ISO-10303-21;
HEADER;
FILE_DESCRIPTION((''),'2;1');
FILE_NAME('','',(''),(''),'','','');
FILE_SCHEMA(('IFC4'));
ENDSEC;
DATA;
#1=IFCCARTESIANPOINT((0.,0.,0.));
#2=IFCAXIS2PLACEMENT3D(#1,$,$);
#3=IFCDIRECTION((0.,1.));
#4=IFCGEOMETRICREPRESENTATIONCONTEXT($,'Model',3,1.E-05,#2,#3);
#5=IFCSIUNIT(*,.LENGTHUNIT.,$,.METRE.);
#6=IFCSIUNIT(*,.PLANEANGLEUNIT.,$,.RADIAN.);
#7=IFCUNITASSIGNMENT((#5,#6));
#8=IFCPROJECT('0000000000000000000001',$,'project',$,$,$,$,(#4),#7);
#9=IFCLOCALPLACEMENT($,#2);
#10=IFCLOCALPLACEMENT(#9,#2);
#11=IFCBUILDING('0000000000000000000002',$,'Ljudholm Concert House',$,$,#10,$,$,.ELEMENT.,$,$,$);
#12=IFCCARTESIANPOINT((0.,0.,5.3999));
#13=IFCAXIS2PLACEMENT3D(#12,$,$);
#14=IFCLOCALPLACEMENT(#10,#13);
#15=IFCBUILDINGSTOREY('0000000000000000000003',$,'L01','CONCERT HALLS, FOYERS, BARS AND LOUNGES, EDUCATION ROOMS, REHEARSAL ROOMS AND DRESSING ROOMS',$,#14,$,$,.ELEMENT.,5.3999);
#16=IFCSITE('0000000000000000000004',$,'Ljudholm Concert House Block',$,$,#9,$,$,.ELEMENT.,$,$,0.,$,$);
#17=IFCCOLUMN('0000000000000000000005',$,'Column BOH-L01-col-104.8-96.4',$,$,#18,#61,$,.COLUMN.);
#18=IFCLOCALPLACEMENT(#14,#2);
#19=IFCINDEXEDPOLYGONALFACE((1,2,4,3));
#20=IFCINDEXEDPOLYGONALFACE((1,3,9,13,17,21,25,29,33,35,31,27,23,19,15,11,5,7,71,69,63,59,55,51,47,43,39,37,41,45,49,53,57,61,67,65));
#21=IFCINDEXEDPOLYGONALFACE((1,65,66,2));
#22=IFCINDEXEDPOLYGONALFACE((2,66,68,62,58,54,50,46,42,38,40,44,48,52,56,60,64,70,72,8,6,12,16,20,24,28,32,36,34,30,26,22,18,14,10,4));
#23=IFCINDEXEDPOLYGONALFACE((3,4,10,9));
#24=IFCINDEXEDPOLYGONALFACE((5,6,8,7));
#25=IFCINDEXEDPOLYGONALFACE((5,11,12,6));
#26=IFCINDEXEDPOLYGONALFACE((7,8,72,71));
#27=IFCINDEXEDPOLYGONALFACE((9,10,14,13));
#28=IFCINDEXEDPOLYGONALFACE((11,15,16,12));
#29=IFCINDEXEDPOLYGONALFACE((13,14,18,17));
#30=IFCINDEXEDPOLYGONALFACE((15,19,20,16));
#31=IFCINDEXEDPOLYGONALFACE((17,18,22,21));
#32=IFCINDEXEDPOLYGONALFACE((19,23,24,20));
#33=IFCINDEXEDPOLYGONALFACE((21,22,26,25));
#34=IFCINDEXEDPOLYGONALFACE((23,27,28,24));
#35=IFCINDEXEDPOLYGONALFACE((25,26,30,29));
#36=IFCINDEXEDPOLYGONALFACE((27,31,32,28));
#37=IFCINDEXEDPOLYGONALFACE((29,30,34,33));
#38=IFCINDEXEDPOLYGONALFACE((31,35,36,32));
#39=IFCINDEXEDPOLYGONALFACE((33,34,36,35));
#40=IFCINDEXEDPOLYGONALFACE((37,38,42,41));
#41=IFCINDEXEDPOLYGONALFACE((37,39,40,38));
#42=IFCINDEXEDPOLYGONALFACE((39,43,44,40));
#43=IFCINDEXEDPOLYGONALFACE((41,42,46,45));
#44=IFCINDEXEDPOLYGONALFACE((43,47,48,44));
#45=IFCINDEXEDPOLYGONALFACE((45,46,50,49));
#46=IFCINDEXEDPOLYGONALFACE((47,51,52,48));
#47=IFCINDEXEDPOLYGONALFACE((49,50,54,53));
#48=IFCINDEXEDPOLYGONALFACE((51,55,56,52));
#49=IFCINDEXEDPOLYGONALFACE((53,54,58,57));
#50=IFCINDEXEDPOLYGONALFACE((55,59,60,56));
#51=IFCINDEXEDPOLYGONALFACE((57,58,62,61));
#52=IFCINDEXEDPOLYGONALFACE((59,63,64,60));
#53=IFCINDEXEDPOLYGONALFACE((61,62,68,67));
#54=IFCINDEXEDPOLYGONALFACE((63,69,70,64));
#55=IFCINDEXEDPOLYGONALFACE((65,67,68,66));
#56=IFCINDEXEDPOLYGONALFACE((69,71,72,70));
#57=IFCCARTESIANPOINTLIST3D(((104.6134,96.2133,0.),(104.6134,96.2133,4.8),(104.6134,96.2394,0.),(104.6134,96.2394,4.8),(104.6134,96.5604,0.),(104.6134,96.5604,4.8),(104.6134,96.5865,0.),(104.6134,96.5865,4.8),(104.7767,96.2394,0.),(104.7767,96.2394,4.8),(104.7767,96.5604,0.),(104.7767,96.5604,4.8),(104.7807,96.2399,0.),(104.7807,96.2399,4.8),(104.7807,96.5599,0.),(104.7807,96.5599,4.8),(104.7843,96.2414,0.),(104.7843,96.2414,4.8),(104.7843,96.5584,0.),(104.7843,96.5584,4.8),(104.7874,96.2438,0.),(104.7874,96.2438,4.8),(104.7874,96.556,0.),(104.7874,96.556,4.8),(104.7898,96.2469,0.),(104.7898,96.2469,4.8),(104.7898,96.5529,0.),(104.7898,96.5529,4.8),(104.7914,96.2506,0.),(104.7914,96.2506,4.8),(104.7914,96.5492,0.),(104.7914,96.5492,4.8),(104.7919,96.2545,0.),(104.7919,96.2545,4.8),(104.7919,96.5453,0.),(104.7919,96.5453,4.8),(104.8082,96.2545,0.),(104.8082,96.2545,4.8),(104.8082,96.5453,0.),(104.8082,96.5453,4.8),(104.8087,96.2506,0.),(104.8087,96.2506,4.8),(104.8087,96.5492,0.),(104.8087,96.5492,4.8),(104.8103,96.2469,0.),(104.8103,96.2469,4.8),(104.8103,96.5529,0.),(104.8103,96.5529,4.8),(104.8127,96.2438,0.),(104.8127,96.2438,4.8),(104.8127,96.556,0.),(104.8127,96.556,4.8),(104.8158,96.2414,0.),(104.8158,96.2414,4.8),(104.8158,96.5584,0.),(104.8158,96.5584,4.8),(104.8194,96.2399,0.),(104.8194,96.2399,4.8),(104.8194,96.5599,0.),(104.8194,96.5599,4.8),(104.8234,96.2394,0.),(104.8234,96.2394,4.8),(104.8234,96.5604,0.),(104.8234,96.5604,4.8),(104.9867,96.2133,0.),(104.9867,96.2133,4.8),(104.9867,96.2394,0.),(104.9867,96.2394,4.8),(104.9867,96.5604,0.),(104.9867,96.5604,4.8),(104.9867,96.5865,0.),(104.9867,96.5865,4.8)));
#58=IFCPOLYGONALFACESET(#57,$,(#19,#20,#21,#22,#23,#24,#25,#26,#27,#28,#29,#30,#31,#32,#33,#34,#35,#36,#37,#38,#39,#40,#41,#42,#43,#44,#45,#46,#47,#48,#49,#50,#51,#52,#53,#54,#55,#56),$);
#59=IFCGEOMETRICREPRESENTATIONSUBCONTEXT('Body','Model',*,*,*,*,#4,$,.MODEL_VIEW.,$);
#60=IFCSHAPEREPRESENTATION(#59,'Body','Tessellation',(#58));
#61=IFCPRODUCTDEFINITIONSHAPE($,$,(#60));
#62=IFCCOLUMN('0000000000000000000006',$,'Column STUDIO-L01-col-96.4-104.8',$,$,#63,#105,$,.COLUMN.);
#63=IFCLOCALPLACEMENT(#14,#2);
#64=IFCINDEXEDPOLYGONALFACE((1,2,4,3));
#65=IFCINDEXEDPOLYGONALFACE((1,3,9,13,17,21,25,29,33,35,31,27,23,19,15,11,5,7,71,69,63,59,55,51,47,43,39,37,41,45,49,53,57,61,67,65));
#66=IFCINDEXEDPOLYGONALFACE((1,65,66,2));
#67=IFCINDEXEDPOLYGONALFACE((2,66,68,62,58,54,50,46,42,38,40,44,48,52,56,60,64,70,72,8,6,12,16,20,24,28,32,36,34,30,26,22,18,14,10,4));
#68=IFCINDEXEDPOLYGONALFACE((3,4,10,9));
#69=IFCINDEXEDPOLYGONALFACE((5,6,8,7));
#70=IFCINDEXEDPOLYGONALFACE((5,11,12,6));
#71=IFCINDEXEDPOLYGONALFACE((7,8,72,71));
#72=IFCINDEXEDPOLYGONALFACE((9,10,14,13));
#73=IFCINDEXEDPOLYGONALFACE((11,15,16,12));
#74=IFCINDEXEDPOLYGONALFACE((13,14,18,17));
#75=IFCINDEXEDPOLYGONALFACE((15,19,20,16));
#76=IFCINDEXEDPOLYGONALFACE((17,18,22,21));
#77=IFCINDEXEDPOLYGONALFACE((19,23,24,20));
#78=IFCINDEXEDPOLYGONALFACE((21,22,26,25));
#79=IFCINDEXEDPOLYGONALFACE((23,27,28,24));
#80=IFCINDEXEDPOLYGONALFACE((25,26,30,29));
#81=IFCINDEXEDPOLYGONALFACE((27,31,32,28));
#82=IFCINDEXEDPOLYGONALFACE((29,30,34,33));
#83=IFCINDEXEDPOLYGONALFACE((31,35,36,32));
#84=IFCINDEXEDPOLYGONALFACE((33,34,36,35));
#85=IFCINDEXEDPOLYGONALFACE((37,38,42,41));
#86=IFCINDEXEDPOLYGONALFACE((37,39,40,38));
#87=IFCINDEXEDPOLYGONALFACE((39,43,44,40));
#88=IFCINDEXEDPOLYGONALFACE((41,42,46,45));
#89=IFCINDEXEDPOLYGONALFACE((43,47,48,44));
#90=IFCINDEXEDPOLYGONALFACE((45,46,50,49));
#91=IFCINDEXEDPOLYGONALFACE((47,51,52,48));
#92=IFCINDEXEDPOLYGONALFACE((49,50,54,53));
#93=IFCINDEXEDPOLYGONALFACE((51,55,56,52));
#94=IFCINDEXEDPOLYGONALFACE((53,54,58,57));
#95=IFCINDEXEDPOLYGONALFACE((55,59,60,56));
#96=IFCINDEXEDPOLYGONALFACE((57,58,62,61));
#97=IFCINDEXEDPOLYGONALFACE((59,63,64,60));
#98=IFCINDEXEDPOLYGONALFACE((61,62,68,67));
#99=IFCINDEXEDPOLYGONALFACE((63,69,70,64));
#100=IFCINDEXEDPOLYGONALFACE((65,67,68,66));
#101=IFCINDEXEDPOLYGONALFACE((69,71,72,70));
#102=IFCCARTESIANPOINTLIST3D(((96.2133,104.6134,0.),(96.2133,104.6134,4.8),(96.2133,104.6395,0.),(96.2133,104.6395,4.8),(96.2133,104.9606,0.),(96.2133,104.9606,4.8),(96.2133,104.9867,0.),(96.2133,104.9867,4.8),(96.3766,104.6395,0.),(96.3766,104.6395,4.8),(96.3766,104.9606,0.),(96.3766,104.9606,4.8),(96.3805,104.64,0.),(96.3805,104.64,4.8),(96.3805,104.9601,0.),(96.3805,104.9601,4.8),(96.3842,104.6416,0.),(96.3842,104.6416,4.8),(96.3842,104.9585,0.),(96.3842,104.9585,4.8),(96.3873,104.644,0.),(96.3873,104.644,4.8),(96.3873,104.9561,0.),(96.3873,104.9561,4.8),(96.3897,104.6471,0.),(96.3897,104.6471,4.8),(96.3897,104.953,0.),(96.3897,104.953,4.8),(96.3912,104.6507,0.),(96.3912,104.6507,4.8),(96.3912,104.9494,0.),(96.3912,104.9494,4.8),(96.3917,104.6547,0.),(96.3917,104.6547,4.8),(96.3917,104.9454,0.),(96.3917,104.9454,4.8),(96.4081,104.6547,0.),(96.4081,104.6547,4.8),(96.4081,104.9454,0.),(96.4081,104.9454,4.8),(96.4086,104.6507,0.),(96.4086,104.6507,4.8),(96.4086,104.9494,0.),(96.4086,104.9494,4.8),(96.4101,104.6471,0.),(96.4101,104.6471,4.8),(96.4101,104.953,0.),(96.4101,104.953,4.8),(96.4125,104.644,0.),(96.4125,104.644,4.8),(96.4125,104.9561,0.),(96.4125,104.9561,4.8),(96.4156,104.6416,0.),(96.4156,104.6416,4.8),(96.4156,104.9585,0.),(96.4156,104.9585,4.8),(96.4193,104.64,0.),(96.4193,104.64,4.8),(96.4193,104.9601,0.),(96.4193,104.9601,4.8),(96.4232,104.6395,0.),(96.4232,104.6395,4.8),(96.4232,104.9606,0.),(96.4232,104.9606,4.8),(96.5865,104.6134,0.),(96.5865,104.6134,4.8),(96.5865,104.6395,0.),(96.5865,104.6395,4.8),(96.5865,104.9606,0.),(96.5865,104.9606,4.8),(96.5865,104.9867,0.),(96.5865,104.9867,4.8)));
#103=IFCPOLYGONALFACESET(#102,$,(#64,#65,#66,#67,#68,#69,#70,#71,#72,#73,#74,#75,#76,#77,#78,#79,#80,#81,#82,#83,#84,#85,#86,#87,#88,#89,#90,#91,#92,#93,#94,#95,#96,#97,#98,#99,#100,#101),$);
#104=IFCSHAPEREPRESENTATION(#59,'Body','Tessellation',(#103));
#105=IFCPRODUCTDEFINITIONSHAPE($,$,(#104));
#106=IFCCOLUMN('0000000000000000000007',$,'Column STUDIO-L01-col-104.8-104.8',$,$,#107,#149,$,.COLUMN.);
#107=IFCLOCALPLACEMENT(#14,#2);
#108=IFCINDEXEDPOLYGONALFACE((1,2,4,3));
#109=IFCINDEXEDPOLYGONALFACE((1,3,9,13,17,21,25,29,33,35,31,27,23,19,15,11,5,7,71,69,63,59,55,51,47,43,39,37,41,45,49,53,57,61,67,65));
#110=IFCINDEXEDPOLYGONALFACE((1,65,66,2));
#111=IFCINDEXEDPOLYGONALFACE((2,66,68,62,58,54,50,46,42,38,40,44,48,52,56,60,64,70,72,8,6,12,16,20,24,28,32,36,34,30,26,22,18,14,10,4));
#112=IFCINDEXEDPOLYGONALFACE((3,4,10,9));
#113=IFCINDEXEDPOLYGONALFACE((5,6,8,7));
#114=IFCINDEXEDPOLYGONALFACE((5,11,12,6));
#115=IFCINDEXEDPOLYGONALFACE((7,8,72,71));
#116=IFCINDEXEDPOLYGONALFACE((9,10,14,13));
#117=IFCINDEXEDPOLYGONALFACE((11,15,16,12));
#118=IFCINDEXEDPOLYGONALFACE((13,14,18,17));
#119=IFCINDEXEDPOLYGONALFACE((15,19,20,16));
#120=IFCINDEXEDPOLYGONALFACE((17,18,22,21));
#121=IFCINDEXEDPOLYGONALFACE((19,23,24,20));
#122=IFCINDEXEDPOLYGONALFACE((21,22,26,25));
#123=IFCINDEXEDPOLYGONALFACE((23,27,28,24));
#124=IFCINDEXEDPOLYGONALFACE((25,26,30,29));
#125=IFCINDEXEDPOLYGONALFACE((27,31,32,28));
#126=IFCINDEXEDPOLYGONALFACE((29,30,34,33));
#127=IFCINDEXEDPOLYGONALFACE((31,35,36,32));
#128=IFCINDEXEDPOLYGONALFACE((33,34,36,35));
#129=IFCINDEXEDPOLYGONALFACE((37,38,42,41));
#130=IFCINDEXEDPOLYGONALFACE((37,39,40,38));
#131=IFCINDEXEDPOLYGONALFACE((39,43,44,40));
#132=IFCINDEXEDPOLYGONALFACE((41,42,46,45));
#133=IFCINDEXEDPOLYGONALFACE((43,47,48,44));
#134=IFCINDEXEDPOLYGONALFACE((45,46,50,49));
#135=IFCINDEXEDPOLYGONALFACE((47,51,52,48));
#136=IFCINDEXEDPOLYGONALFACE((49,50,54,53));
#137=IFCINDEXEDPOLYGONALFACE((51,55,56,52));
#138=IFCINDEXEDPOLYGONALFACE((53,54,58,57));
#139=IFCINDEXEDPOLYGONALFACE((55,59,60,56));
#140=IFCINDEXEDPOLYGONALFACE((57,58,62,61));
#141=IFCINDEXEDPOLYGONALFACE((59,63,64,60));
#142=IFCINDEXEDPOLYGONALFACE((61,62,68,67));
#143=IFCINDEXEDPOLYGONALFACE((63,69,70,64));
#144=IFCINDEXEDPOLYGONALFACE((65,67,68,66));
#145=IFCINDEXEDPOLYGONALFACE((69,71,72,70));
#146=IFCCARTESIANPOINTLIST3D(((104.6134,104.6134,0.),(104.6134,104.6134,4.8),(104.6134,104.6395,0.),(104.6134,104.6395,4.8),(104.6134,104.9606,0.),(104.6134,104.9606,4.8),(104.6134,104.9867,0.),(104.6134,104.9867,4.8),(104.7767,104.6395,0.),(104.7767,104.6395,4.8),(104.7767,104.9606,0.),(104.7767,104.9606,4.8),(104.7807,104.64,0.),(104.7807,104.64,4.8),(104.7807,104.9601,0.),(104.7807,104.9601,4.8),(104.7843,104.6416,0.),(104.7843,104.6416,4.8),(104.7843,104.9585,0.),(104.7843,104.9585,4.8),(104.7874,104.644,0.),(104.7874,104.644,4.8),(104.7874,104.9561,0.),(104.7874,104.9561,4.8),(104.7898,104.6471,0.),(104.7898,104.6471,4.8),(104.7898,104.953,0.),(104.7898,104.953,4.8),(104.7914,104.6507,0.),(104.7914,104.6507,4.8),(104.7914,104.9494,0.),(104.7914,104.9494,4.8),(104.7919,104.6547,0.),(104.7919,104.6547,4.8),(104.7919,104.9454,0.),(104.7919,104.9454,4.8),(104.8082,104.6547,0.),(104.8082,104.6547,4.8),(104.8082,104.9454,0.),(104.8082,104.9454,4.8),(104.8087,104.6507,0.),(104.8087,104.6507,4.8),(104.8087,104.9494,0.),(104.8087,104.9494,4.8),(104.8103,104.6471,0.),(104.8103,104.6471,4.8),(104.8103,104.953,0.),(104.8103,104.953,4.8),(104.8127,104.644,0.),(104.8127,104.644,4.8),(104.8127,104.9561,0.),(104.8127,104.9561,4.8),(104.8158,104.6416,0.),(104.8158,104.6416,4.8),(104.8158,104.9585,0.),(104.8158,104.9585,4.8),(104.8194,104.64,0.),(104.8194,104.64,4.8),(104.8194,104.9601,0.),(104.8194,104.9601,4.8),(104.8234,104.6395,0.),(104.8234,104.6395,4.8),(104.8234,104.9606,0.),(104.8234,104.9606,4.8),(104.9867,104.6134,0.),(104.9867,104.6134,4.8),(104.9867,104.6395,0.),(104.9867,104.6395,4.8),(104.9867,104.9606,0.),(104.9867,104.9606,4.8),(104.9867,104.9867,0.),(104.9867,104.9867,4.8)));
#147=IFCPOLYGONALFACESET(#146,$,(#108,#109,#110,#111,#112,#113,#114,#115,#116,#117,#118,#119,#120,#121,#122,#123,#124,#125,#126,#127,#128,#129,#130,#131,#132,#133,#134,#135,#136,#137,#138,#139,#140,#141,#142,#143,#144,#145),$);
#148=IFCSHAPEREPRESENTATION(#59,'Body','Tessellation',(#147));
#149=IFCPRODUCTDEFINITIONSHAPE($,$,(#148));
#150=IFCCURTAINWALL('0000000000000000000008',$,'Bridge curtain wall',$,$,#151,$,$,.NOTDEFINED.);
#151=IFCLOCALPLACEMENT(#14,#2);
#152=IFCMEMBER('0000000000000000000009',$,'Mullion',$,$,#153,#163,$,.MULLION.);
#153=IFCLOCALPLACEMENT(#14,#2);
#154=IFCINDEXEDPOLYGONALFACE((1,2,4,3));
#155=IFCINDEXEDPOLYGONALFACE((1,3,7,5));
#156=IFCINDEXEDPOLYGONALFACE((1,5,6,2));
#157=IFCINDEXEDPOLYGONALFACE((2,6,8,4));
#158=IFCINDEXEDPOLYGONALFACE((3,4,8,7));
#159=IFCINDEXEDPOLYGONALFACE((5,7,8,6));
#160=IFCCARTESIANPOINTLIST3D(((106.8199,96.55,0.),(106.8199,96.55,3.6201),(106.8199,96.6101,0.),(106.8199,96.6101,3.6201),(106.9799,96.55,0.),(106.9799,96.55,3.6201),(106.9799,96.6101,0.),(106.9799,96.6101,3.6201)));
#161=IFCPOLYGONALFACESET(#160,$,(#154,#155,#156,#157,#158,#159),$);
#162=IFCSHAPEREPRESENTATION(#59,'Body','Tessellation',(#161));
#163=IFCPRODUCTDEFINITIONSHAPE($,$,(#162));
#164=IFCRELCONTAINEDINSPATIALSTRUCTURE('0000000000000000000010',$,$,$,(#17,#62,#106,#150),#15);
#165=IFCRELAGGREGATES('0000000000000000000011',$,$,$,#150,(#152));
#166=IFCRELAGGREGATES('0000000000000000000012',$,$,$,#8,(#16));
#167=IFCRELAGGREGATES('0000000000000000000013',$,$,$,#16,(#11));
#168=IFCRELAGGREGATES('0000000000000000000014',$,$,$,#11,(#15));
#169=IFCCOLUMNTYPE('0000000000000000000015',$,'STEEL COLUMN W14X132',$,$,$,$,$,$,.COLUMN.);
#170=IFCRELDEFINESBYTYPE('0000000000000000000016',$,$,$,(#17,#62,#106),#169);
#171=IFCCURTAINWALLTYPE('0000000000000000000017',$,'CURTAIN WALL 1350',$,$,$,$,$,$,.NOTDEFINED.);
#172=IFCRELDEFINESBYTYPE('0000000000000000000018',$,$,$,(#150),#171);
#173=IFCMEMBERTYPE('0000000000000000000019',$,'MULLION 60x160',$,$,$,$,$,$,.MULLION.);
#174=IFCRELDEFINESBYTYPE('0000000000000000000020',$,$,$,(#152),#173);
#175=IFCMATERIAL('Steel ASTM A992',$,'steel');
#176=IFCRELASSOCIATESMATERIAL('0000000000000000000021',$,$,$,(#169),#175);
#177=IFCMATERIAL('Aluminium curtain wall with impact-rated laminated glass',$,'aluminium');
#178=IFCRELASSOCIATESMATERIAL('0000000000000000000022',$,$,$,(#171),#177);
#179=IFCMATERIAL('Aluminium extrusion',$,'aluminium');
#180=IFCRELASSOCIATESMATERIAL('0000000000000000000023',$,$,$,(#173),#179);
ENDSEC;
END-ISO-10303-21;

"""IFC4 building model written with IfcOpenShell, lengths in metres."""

from ifc_helpers import new_model, si_unit, direction, frame, origin, origin_2d, place, context, subcontext, project, spatial, rectangle, i_section, extrude, material, material_profile, profile_set, type_object, element, aggregate, save


model = new_model("IFC4")

# Units and contexts
model_context = context("Model", 3, precision=1e-05, world=origin(), true_north=direction((0.0, 1.0)))
body_context = subcontext(model_context, "Body", "Model", "MODEL_VIEW")
ifc_project = project(units=[si_unit("LENGTHUNIT", "METRE"), si_unit("PLANEANGLEUNIT", "RADIAN")], contexts=[model_context])

# Site, building, storey
site_placement = place(None, origin())
site = spatial("IfcSite", under=ifc_project, at=site_placement, Name="Ljudholm Concert House Block", CompositionType="ELEMENT", RefElevation=0.0)
building_placement = place(site_placement, origin())
building = spatial("IfcBuilding", under=site, at=building_placement, Name="Ljudholm Concert House", CompositionType="ELEMENT")
storey_placement = place(building_placement, frame((0.0, 0.0, 5.3999)))
storey = spatial("IfcBuildingStorey", under=building, at=storey_placement, Name="L01", Description="CONCERT HALLS, FOYERS, BARS AND LOUNGES, EDUCATION ROOMS, REHEARSAL ROOMS AND DRESSING ROOMS", CompositionType="ELEMENT", Elevation=5.3999)

# Columns
ifc_material_1 = material(Name="Steel ASTM A992", Category="steel")
ifc_material_profile_1 = material_profile(ifc_material_1, i_section(OverallWidth=0.3733, OverallDepth=0.3733, WebThickness=0.0164, FlangeThickness=0.0261, FilletRadius=0.0151, at=origin_2d()), Name="W14X132")
ifc_profile_set_1 = profile_set([ifc_material_profile_1], Name="Steel ASTM A992")
column_type = type_object("IfcColumnType", Name="STEEL COLUMN W14X132", PredefinedType="COLUMN", material=ifc_profile_set_1)
for number, where, z_axis, x_axis, name in (
    (1, (104.8, 96.3999, 0.0), (0.0, 0.0, 1.0), (1.0, 0.0, 0.0), "Column BOH-L01-col-104.8-96.4"),
    (2, (96.3999, 104.8, 0.0), (0.0, 0.0, 1.0), (1.0, 0.0, 0.0), "Column STUDIO-L01-col-96.4-104.8"),
    (3, (104.8, 104.8, 0.0), (0.0, 0.0, 1.0), (1.0, 0.0, 0.0), "Column STUDIO-L01-col-104.8-104.8"),
):
    element("IfcColumn", number, at=place(storey_placement, frame(where, z_axis=z_axis, x_axis=x_axis)), inside=storey, type_object=column_type, Name=name, PredefinedType="COLUMN", context=body_context, shape_type="SweptSolid", body=[
        extrude(i_section(OverallWidth=0.3733, OverallDepth=0.3733, WebThickness=0.0164, FlangeThickness=0.0261, FilletRadius=0.0151, at=origin_2d()), origin(), (0.0, 0.0, 1.0), 4.8),
    ])

# Curtain wall, member
ifc_material_2 = material(Name="Aluminium curtain wall with impact-rated laminated glass", Category="aluminium")
curtain_wall_type = type_object("IfcCurtainWallType", Name="CURTAIN WALL 1350", PredefinedType="NOTDEFINED", material=ifc_material_2)
curtain_wall_placement = place(storey_placement, origin())
curtain_wall = element("IfcCurtainWall", 4, at=curtain_wall_placement, inside=storey, type_object=curtain_wall_type, Name="Bridge curtain wall", PredefinedType="NOTDEFINED")
ifc_material_3 = material(Name="Aluminium extrusion", Category="aluminium")
ifc_material_profile_2 = material_profile(ifc_material_3, rectangle(XDim=0.1599, YDim=0.0601, at=origin_2d()), Name="MULLION 60x160")
ifc_profile_set_2 = profile_set([ifc_material_profile_2], Name="Aluminium extrusion")
member_type_1 = type_object("IfcMemberType", Name="MULLION 60x160", PredefinedType="MULLION", material=ifc_profile_set_2)
member_1_placement = place(storey_placement, frame((106.8999, 96.5801, 0.0), z_axis=(0.0, 0.0, 1.0), x_axis=(-1.0, 0.0, 0.0)))
member_1 = element("IfcMember", 5, at=member_1_placement, type_object=member_type_1, Name="Mullion", PredefinedType="MULLION", context=body_context, shape_type="SweptSolid", body=[
    extrude(rectangle(XDim=0.1599, YDim=0.0601, at=origin_2d()), origin(), (0.0, 0.0, 1.0), 3.6201),
])

aggregate(curtain_wall, [member_1])

save(model, "model.ifc")
